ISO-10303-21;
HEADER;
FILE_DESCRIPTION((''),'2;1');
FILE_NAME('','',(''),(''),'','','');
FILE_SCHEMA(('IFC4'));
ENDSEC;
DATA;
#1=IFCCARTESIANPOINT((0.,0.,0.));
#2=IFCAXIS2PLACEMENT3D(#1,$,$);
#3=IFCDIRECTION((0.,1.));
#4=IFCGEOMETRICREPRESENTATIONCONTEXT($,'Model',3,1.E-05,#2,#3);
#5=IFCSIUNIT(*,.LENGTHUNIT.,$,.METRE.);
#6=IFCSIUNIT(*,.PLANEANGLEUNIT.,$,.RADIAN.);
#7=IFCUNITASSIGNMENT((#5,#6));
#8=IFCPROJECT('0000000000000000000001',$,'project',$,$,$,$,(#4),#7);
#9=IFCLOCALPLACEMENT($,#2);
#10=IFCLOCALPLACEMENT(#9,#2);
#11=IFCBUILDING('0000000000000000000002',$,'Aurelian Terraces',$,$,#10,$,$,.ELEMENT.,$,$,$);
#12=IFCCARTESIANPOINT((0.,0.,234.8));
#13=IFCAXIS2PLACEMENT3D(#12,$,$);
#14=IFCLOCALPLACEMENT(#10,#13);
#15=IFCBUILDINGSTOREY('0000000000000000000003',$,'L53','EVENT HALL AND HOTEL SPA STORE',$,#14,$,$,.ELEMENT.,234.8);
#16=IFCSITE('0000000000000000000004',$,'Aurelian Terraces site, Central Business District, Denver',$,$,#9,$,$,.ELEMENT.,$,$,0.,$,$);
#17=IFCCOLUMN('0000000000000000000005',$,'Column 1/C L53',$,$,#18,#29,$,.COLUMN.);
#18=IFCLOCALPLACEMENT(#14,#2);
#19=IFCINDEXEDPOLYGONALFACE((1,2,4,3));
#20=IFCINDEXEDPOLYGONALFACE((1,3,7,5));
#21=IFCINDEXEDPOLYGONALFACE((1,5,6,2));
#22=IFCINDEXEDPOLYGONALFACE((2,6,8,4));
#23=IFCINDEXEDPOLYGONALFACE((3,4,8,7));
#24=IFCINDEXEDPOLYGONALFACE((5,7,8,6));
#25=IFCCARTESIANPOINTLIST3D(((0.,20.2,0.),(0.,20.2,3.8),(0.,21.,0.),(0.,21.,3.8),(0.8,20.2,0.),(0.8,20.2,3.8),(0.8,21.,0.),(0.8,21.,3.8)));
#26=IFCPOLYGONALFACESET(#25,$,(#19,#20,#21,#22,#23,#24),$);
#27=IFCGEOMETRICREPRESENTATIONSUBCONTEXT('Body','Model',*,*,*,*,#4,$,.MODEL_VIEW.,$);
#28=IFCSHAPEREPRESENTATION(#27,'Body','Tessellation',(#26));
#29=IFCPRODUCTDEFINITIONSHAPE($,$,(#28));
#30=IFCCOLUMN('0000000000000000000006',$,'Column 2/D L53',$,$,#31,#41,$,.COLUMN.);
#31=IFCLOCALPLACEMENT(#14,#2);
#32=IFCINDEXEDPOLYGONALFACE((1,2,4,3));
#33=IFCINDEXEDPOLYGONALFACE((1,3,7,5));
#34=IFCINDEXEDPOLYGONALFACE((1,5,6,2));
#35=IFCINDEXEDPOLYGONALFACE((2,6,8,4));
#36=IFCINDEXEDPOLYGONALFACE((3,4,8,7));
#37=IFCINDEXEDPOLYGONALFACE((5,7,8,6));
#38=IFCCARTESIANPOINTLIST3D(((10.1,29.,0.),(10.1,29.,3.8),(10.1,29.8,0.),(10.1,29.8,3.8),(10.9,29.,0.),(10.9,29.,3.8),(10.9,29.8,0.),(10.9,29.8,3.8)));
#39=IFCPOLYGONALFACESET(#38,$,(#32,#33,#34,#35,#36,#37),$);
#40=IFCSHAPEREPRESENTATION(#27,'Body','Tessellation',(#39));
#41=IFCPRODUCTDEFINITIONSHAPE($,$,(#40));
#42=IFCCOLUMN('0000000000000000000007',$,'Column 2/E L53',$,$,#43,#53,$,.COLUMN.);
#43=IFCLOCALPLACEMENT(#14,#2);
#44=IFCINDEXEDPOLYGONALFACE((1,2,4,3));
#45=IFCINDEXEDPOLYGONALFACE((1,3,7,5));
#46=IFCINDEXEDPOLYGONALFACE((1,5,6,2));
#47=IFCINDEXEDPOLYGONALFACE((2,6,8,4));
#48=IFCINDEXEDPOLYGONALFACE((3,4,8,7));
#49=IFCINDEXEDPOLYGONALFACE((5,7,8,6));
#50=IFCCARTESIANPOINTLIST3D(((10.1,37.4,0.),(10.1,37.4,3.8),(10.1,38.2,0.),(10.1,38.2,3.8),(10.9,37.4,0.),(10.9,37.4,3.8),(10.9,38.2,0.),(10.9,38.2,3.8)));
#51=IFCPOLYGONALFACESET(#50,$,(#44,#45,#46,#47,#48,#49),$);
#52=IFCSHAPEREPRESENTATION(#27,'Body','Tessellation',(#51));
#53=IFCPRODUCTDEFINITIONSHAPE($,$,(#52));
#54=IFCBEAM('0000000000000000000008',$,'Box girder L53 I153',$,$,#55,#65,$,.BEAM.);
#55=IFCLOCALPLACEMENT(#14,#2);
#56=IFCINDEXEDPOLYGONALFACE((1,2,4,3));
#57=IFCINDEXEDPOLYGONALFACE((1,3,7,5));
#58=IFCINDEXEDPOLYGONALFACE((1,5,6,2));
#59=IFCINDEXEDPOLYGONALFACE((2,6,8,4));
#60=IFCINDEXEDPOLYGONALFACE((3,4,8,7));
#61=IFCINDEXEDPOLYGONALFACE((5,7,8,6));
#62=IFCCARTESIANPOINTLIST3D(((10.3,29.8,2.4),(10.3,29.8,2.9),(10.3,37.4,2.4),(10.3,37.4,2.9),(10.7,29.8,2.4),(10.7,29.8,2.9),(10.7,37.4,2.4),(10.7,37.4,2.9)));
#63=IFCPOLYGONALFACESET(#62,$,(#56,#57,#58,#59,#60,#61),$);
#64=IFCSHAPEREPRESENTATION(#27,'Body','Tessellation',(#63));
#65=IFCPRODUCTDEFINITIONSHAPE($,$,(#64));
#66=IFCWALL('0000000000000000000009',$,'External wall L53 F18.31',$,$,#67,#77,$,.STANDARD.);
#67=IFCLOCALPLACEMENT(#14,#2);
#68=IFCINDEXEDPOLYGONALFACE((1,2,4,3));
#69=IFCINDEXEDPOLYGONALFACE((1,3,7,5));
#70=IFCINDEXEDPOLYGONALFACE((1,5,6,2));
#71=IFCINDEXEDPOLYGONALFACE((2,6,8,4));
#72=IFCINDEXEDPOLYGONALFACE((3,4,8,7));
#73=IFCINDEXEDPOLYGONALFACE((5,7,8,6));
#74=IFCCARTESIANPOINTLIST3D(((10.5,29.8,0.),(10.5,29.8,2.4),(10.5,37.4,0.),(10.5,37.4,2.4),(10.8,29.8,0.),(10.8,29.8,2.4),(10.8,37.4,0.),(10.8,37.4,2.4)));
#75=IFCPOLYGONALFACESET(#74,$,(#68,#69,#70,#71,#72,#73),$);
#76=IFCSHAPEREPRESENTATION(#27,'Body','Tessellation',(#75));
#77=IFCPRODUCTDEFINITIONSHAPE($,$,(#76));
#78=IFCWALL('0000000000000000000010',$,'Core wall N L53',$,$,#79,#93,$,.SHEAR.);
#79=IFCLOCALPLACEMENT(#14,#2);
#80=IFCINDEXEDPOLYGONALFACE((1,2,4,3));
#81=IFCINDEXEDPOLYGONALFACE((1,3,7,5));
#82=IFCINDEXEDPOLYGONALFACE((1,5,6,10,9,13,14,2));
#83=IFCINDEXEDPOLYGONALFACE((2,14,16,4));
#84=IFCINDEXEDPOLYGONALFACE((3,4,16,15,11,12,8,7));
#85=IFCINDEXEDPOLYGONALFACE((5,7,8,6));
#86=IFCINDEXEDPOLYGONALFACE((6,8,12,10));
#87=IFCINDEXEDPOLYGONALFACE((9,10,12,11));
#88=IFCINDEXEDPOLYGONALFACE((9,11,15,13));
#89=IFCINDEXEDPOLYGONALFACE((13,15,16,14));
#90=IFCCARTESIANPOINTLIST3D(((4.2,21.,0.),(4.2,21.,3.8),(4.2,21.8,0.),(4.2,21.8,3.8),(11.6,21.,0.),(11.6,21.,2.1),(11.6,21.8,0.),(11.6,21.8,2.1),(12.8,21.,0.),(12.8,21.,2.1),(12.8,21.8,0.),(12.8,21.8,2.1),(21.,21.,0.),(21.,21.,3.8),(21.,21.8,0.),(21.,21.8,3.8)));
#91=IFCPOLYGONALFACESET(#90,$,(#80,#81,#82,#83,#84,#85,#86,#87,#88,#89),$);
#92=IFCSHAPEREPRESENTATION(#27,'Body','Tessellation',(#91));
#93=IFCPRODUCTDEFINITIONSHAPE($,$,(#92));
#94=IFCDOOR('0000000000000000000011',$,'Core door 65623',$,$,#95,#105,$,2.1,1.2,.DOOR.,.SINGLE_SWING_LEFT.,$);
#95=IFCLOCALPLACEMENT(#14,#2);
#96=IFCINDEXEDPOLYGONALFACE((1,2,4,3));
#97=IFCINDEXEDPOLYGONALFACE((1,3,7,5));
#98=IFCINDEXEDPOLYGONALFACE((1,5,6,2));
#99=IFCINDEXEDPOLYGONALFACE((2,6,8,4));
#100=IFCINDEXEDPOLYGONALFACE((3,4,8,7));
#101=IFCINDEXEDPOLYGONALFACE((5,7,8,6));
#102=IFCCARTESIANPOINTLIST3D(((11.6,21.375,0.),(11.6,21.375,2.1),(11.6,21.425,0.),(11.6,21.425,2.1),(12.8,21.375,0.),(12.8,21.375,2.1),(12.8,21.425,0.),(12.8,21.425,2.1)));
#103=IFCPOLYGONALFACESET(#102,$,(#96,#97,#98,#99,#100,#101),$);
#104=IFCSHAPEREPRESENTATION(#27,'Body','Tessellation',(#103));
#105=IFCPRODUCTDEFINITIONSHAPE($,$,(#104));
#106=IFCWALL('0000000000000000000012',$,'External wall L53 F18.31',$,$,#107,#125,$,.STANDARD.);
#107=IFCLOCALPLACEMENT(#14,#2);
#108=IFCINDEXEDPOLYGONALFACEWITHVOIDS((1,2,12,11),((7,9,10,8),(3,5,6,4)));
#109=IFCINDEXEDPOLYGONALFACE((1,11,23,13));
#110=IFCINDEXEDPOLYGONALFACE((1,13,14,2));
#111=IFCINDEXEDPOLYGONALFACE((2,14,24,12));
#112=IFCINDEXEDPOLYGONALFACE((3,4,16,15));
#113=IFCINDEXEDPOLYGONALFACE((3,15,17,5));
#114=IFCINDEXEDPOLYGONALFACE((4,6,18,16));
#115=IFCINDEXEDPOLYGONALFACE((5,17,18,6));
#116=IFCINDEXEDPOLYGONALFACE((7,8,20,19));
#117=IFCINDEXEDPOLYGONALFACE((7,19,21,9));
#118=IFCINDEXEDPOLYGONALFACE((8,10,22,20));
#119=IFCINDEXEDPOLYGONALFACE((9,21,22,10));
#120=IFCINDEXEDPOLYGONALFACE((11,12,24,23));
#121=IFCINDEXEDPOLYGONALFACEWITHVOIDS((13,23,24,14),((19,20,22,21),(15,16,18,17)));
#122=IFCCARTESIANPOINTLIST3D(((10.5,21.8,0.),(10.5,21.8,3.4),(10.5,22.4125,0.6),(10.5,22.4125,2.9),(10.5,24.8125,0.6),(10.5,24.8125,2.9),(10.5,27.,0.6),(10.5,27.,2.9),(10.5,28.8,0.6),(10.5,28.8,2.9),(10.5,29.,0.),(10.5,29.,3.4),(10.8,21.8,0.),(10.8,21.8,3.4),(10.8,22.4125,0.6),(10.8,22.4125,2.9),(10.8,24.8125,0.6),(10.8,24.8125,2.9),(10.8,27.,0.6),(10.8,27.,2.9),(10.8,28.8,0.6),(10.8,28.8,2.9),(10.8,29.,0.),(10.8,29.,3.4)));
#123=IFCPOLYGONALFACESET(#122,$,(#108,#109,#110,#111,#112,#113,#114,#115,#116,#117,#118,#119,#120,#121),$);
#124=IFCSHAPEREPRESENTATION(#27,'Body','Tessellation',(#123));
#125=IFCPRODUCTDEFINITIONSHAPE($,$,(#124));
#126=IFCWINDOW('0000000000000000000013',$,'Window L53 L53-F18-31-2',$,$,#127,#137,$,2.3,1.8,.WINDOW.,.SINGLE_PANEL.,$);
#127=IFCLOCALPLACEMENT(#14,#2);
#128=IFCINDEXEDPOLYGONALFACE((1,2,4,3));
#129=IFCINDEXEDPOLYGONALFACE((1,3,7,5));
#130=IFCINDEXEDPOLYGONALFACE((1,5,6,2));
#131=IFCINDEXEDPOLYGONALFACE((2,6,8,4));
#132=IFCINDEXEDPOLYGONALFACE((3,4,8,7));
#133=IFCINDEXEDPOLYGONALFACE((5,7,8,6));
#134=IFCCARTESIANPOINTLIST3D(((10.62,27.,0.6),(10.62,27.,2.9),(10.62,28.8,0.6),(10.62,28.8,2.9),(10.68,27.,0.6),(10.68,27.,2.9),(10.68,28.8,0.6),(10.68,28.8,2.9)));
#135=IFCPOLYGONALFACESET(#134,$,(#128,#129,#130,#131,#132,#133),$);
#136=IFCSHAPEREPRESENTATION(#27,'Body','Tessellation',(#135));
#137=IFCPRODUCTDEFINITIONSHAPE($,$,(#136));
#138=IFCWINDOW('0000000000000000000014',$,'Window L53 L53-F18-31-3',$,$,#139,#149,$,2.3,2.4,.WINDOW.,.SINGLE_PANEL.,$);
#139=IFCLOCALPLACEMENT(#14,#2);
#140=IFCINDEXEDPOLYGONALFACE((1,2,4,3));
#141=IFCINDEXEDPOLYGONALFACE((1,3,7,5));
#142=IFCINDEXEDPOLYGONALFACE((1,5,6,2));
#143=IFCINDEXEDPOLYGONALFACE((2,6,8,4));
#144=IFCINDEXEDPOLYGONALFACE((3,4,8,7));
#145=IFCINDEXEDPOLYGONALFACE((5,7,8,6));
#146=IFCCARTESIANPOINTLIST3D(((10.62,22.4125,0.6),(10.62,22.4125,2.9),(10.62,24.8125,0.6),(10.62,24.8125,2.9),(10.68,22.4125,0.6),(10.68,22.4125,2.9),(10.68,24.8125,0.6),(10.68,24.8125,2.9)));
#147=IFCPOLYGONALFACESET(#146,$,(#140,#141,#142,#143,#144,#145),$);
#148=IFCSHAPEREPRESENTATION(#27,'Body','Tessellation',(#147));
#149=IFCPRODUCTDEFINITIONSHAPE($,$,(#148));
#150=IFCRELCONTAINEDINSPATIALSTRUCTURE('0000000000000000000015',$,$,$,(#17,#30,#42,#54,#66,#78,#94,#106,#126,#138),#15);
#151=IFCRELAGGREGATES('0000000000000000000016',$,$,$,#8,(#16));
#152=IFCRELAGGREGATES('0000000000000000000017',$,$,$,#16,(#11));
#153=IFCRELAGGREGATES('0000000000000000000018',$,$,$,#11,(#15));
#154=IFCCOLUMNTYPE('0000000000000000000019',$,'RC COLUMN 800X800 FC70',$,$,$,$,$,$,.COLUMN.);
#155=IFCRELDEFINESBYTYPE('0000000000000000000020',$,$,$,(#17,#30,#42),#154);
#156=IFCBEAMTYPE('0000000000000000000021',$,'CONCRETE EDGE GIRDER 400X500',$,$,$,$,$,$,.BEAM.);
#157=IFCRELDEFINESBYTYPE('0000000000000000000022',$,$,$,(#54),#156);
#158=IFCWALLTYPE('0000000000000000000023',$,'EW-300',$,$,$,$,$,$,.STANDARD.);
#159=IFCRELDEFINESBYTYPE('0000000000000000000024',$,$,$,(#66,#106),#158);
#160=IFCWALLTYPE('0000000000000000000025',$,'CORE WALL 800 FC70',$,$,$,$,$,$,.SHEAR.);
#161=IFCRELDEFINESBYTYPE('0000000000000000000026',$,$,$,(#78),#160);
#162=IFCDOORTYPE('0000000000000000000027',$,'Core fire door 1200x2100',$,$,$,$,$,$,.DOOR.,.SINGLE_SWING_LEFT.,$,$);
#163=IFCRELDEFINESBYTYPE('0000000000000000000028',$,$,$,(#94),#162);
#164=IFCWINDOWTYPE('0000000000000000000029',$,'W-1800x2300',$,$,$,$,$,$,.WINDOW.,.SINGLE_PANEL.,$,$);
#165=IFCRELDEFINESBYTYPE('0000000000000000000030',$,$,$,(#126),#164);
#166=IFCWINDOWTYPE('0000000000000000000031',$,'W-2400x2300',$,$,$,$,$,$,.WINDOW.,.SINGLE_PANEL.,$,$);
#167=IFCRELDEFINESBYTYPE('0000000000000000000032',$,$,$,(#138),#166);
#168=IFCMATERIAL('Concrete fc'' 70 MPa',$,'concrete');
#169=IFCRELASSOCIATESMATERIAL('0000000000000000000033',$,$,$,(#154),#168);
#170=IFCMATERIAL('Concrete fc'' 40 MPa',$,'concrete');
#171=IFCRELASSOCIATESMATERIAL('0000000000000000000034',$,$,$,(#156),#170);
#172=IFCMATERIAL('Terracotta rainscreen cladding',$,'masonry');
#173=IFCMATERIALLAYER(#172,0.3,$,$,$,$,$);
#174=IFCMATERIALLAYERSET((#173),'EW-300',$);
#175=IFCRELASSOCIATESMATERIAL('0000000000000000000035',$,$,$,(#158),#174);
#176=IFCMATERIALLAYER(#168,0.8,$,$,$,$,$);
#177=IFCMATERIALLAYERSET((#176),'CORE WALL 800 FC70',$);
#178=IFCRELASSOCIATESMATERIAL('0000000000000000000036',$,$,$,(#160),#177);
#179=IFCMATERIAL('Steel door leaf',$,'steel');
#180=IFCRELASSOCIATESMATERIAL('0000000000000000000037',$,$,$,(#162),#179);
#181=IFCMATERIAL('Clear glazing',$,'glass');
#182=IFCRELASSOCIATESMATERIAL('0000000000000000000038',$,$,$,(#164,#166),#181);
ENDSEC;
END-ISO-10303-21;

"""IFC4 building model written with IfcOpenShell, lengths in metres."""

from ifc_helpers import new_model, si_unit, direction, frame, frame_2d, origin, origin_2d, place, context, subcontext, project, spatial, rectangle, extrude, source, transform, mapped, material, layer, layer_set, material_profile, profile_set, type_object, element, fill, save


model = new_model("IFC4")

# Units and contexts
model_context = context("Model", 3, precision=1e-05, world=origin(), true_north=direction((0.0, 1.0)))
body_context = subcontext(model_context, "Body", "Model", "MODEL_VIEW")
ifc_project = project(units=[si_unit("LENGTHUNIT", "METRE"), si_unit("PLANEANGLEUNIT", "RADIAN")], contexts=[model_context])

# Site, building, storey
site_placement = place(None, origin())
site = spatial("IfcSite", under=ifc_project, at=site_placement, Name="Aurelian Terraces site, Central Business District, Denver", CompositionType="ELEMENT", RefElevation=0.0)
building_placement = place(site_placement, origin())
building = spatial("IfcBuilding", under=site, at=building_placement, Name="Aurelian Terraces", CompositionType="ELEMENT")
storey_placement = place(building_placement, frame((0.0, 0.0, 234.8)))
storey = spatial("IfcBuildingStorey", under=building, at=storey_placement, Name="L53", Description="EVENT HALL AND HOTEL SPA STORE", CompositionType="ELEMENT", Elevation=234.8)

# Columns
ifc_material_1 = material(Name="Concrete fc' 70 MPa", Category="concrete")
ifc_material_profile_1 = material_profile(ifc_material_1, rectangle(XDim=0.8, YDim=0.8, at=origin_2d()))
ifc_profile_set_1 = profile_set([ifc_material_profile_1], Name="Concrete fc' 70 MPa")
column_type = type_object("IfcColumnType", Name="RC COLUMN 800X800 FC70", PredefinedType="COLUMN", material=ifc_profile_set_1)
shared_shape_1 = source(origin(), body_context, "Body", "SweptSolid", [
    extrude(rectangle(XDim=0.8, YDim=0.8, at=origin_2d()), origin(), (0.0, 0.0, 1.0), 3.8),
])
for number, where, z_axis, x_axis, name in (
    (1, (0.4, 20.6, 0.0), (0.0, 0.0, 1.0), (1.0, 0.0, 0.0), "Column 1/C L53"),
    (2, (10.5, 29.4, 0.0), (0.0, 0.0, 1.0), (1.0, 0.0, 0.0), "Column 2/D L53"),
    (3, (10.5, 37.8, 0.0), (0.0, 0.0, 1.0), (1.0, 0.0, 0.0), "Column 2/E L53"),
):
    element("IfcColumn", number, at=place(storey_placement, frame(where, z_axis=z_axis, x_axis=x_axis)), inside=storey, type_object=column_type, Name=name, PredefinedType="COLUMN", context=body_context, shape_type="MappedRepresentation", body=[
        mapped(shared_shape_1, transform((0.0, 0.0, 0.0), scale=1.0)),
    ])

# Beam
ifc_material_2 = material(Name="Concrete fc' 40 MPa", Category="concrete")
ifc_material_profile_2 = material_profile(ifc_material_2, rectangle(XDim=0.4, YDim=0.5, at=origin_2d()))
ifc_profile_set_2 = profile_set([ifc_material_profile_2], Name="Concrete fc' 40 MPa")
beam_type = type_object("IfcBeamType", Name="CONCRETE EDGE GIRDER 400X500", PredefinedType="BEAM", material=ifc_profile_set_2)
shared_shape_2 = source(origin(), body_context, "Body", "SweptSolid", [
    extrude(rectangle(XDim=0.4, YDim=0.5, at=origin_2d()), origin(), (0.0, 0.0, 1.0), 7.6),
])
beam_placement = place(storey_placement, frame((10.5, 29.8, 2.65), z_axis=(0.0, 1.0, 0.0), x_axis=(-1.0, 0.0, 0.0)))
element("IfcBeam", 4, at=beam_placement, inside=storey, type_object=beam_type, Name="Box girder L53 I153", PredefinedType="BEAM", context=body_context, shape_type="MappedRepresentation", body=[
    mapped(shared_shape_2, transform((0.0, 0.0, 0.0), scale=1.0)),
])

# Wall
ifc_material_3 = material(Name="Terracotta rainscreen cladding", Category="masonry")
ifc_layer_1 = layer(ifc_material_3, 0.3)
ifc_layer_set_1 = layer_set([ifc_layer_1], Name="EW-300")
wall_type_1 = type_object("IfcWallType", Name="EW-300", PredefinedType="STANDARD", material=ifc_layer_set_1)
wall_1_placement = place(storey_placement, frame((10.65, 37.4, 0.0), z_axis=(0.0, 0.0, 1.0), x_axis=(0.0, -1.0, 0.0)))
element("IfcWall", 5, at=wall_1_placement, inside=storey, type_object=wall_type_1, Name="External wall L53 F18.31", PredefinedType="STANDARD", context=body_context, shape_type="SweptSolid", body=[
    extrude(rectangle(XDim=7.6, YDim=0.3, at=frame_2d((3.8, 0.0))), origin(), (0.0, 0.0, 1.0), 2.4),
])

# Wall, opening, door
ifc_layer_2 = layer(ifc_material_1, 0.8)
ifc_layer_set_2 = layer_set([ifc_layer_2], Name="CORE WALL 800 FC70")
wall_type_2 = type_object("IfcWallType", Name="CORE WALL 800 FC70", PredefinedType="SHEAR", material=ifc_layer_set_2)
shared_shape_3 = source(origin(), body_context, "Body", "SweptSolid", [
    extrude(rectangle(XDim=16.8, YDim=0.8, at=frame_2d((8.4, 0.0))), origin(), (0.0, 0.0, 1.0), 3.8),
])
wall_2_placement = place(storey_placement, frame((4.2, 21.4, 0.0), z_axis=(0.0, 0.0, 1.0), x_axis=(1.0, 0.0, 0.0)))
wall_2 = element("IfcWall", 6, at=wall_2_placement, inside=storey, type_object=wall_type_2, Name="Core wall N L53", PredefinedType="SHEAR", context=body_context, shape_type="MappedRepresentation", body=[
    mapped(shared_shape_3, transform((0.0, 0.0, 0.0), scale=1.0)),
])
shared_shape_4 = source(origin(), body_context, "Body", "SweptSolid", [
    extrude(rectangle(XDim=1.2, YDim=2.1, at=frame_2d((0.6, 1.05))), frame((0.0, 0.41, 0.0), z_axis=(0.0, -1.0, 0.0), x_axis=(1.0, 0.0, 0.0)), (0.0, 0.0, 1.0), 0.82),
])
opening_1_placement = place(wall_2_placement, frame((7.4, 0.0, 0.0)))
opening_1 = element("IfcOpeningElement", 7, at=opening_1_placement, cuts=wall_2, PredefinedType="OPENING", context=body_context, shape_type="MappedRepresentation", body=[
    mapped(shared_shape_4, transform((0.0, 0.0, 0.0), scale=1.0)),
])
ifc_material_4 = material(Name="Steel door leaf", Category="steel")
door_type_1 = type_object("IfcDoorType", Name="Core fire door 1200x2100", OperationType="SINGLE_SWING_LEFT", PredefinedType="DOOR", material=ifc_material_4)
shared_shape_5 = source(origin(), body_context, "Body", "SweptSolid", [
    extrude(rectangle(XDim=1.2, YDim=2.1, at=frame_2d((0.6, 1.05))), frame((0.0, 0.025, 0.0), z_axis=(0.0, -1.0, 0.0), x_axis=(1.0, 0.0, 0.0)), (0.0, 0.0, 1.0), 0.05),
])
door_1_placement = place(opening_1_placement, origin())
door_1 = element("IfcDoor", 8, at=door_1_placement, inside=storey, type_object=door_type_1, Name="Core door 65623", OperationType="SINGLE_SWING_LEFT", OverallHeight=2.1, OverallWidth=1.2, PredefinedType="DOOR", context=body_context, shape_type="MappedRepresentation", body=[
    mapped(shared_shape_5, transform((0.0, 0.0, 0.0), scale=1.0)),
])
fill(opening_1, door_1)

# Wall, openings, windows
shared_shape_6 = source(origin(), body_context, "Body", "SweptSolid", [
    extrude(rectangle(XDim=7.2, YDim=0.3, at=frame_2d((3.6, 0.0))), origin(), (0.0, 0.0, 1.0), 3.4),
])
wall_3_placement = place(storey_placement, frame((10.65, 29.0, 0.0), z_axis=(0.0, 0.0, 1.0), x_axis=(0.0, -1.0, 0.0)))
wall_3 = element("IfcWall", 9, at=wall_3_placement, inside=storey, type_object=wall_type_1, Name="External wall L53 F18.31", PredefinedType="STANDARD", context=body_context, shape_type="MappedRepresentation", body=[
    mapped(shared_shape_6, transform((0.0, 0.0, 0.0), scale=1.0)),
])
shared_shape_7 = source(origin(), body_context, "Body", "SweptSolid", [
    extrude(rectangle(XDim=1.8, YDim=2.3, at=frame_2d((0.9, 1.15))), frame((0.0, 0.16, 0.0), z_axis=(0.0, -1.0, 0.0), x_axis=(1.0, 0.0, 0.0)), (0.0, 0.0, 1.0), 0.32),
])
opening_2_placement = place(wall_3_placement, frame((0.2, 0.0, 0.6)))
opening_2 = element("IfcOpeningElement", 10, at=opening_2_placement, cuts=wall_3, PredefinedType="OPENING", context=body_context, shape_type="MappedRepresentation", body=[
    mapped(shared_shape_7, transform((0.0, 0.0, 0.0), scale=1.0)),
])
shared_shape_8 = source(origin(), body_context, "Body", "SweptSolid", [
    extrude(rectangle(XDim=2.4, YDim=2.3, at=frame_2d((1.2, 1.15))), frame((0.0, 0.16, 0.0), z_axis=(0.0, -1.0, 0.0), x_axis=(1.0, 0.0, 0.0)), (0.0, 0.0, 1.0), 0.32),
])
opening_3_placement = place(wall_3_placement, frame((4.1875, 0.0, 0.6)))
opening_3 = element("IfcOpeningElement", 11, at=opening_3_placement, cuts=wall_3, PredefinedType="OPENING", context=body_context, shape_type="MappedRepresentation", body=[
    mapped(shared_shape_8, transform((0.0, 0.0, 0.0), scale=1.0)),
])
ifc_material_5 = material(Name="Clear glazing", Category="glass")
window_type_1 = type_object("IfcWindowType", Name="W-1800x2300", PartitioningType="SINGLE_PANEL", PredefinedType="WINDOW", material=ifc_material_5)
shared_shape_9 = source(origin(), body_context, "Body", "SweptSolid", [
    extrude(rectangle(XDim=1.8, YDim=2.3, at=frame_2d((0.9, 1.15))), frame((0.0, 0.03, 0.0), z_axis=(0.0, -1.0, 0.0), x_axis=(1.0, 0.0, 0.0)), (0.0, 0.0, 1.0), 0.06),
])
window_1_placement = place(opening_2_placement, origin())
window_1 = element("IfcWindow", 12, at=window_1_placement, inside=storey, type_object=window_type_1, Name="Window L53 L53-F18-31-2", OverallHeight=2.3, OverallWidth=1.8, PartitioningType="SINGLE_PANEL", PredefinedType="WINDOW", context=body_context, shape_type="MappedRepresentation", body=[
    mapped(shared_shape_9, transform((0.0, 0.0, 0.0), scale=1.0)),
])
fill(opening_2, window_1)
window_type_2 = type_object("IfcWindowType", Name="W-2400x2300", PartitioningType="SINGLE_PANEL", PredefinedType="WINDOW", material=ifc_material_5)
shared_shape_10 = source(origin(), body_context, "Body", "SweptSolid", [
    extrude(rectangle(XDim=2.4, YDim=2.3, at=frame_2d((1.2, 1.15))), frame((0.0, 0.03, 0.0), z_axis=(0.0, -1.0, 0.0), x_axis=(1.0, 0.0, 0.0)), (0.0, 0.0, 1.0), 0.06),
])
window_2_placement = place(opening_3_placement, origin())
window_2 = element("IfcWindow", 13, at=window_2_placement, inside=storey, type_object=window_type_2, Name="Window L53 L53-F18-31-3", OverallHeight=2.3, OverallWidth=2.4, PartitioningType="SINGLE_PANEL", PredefinedType="WINDOW", context=body_context, shape_type="MappedRepresentation", body=[
    mapped(shared_shape_10, transform((0.0, 0.0, 0.0), scale=1.0)),
])
fill(opening_3, window_2)

save(model, "model.ifc")
